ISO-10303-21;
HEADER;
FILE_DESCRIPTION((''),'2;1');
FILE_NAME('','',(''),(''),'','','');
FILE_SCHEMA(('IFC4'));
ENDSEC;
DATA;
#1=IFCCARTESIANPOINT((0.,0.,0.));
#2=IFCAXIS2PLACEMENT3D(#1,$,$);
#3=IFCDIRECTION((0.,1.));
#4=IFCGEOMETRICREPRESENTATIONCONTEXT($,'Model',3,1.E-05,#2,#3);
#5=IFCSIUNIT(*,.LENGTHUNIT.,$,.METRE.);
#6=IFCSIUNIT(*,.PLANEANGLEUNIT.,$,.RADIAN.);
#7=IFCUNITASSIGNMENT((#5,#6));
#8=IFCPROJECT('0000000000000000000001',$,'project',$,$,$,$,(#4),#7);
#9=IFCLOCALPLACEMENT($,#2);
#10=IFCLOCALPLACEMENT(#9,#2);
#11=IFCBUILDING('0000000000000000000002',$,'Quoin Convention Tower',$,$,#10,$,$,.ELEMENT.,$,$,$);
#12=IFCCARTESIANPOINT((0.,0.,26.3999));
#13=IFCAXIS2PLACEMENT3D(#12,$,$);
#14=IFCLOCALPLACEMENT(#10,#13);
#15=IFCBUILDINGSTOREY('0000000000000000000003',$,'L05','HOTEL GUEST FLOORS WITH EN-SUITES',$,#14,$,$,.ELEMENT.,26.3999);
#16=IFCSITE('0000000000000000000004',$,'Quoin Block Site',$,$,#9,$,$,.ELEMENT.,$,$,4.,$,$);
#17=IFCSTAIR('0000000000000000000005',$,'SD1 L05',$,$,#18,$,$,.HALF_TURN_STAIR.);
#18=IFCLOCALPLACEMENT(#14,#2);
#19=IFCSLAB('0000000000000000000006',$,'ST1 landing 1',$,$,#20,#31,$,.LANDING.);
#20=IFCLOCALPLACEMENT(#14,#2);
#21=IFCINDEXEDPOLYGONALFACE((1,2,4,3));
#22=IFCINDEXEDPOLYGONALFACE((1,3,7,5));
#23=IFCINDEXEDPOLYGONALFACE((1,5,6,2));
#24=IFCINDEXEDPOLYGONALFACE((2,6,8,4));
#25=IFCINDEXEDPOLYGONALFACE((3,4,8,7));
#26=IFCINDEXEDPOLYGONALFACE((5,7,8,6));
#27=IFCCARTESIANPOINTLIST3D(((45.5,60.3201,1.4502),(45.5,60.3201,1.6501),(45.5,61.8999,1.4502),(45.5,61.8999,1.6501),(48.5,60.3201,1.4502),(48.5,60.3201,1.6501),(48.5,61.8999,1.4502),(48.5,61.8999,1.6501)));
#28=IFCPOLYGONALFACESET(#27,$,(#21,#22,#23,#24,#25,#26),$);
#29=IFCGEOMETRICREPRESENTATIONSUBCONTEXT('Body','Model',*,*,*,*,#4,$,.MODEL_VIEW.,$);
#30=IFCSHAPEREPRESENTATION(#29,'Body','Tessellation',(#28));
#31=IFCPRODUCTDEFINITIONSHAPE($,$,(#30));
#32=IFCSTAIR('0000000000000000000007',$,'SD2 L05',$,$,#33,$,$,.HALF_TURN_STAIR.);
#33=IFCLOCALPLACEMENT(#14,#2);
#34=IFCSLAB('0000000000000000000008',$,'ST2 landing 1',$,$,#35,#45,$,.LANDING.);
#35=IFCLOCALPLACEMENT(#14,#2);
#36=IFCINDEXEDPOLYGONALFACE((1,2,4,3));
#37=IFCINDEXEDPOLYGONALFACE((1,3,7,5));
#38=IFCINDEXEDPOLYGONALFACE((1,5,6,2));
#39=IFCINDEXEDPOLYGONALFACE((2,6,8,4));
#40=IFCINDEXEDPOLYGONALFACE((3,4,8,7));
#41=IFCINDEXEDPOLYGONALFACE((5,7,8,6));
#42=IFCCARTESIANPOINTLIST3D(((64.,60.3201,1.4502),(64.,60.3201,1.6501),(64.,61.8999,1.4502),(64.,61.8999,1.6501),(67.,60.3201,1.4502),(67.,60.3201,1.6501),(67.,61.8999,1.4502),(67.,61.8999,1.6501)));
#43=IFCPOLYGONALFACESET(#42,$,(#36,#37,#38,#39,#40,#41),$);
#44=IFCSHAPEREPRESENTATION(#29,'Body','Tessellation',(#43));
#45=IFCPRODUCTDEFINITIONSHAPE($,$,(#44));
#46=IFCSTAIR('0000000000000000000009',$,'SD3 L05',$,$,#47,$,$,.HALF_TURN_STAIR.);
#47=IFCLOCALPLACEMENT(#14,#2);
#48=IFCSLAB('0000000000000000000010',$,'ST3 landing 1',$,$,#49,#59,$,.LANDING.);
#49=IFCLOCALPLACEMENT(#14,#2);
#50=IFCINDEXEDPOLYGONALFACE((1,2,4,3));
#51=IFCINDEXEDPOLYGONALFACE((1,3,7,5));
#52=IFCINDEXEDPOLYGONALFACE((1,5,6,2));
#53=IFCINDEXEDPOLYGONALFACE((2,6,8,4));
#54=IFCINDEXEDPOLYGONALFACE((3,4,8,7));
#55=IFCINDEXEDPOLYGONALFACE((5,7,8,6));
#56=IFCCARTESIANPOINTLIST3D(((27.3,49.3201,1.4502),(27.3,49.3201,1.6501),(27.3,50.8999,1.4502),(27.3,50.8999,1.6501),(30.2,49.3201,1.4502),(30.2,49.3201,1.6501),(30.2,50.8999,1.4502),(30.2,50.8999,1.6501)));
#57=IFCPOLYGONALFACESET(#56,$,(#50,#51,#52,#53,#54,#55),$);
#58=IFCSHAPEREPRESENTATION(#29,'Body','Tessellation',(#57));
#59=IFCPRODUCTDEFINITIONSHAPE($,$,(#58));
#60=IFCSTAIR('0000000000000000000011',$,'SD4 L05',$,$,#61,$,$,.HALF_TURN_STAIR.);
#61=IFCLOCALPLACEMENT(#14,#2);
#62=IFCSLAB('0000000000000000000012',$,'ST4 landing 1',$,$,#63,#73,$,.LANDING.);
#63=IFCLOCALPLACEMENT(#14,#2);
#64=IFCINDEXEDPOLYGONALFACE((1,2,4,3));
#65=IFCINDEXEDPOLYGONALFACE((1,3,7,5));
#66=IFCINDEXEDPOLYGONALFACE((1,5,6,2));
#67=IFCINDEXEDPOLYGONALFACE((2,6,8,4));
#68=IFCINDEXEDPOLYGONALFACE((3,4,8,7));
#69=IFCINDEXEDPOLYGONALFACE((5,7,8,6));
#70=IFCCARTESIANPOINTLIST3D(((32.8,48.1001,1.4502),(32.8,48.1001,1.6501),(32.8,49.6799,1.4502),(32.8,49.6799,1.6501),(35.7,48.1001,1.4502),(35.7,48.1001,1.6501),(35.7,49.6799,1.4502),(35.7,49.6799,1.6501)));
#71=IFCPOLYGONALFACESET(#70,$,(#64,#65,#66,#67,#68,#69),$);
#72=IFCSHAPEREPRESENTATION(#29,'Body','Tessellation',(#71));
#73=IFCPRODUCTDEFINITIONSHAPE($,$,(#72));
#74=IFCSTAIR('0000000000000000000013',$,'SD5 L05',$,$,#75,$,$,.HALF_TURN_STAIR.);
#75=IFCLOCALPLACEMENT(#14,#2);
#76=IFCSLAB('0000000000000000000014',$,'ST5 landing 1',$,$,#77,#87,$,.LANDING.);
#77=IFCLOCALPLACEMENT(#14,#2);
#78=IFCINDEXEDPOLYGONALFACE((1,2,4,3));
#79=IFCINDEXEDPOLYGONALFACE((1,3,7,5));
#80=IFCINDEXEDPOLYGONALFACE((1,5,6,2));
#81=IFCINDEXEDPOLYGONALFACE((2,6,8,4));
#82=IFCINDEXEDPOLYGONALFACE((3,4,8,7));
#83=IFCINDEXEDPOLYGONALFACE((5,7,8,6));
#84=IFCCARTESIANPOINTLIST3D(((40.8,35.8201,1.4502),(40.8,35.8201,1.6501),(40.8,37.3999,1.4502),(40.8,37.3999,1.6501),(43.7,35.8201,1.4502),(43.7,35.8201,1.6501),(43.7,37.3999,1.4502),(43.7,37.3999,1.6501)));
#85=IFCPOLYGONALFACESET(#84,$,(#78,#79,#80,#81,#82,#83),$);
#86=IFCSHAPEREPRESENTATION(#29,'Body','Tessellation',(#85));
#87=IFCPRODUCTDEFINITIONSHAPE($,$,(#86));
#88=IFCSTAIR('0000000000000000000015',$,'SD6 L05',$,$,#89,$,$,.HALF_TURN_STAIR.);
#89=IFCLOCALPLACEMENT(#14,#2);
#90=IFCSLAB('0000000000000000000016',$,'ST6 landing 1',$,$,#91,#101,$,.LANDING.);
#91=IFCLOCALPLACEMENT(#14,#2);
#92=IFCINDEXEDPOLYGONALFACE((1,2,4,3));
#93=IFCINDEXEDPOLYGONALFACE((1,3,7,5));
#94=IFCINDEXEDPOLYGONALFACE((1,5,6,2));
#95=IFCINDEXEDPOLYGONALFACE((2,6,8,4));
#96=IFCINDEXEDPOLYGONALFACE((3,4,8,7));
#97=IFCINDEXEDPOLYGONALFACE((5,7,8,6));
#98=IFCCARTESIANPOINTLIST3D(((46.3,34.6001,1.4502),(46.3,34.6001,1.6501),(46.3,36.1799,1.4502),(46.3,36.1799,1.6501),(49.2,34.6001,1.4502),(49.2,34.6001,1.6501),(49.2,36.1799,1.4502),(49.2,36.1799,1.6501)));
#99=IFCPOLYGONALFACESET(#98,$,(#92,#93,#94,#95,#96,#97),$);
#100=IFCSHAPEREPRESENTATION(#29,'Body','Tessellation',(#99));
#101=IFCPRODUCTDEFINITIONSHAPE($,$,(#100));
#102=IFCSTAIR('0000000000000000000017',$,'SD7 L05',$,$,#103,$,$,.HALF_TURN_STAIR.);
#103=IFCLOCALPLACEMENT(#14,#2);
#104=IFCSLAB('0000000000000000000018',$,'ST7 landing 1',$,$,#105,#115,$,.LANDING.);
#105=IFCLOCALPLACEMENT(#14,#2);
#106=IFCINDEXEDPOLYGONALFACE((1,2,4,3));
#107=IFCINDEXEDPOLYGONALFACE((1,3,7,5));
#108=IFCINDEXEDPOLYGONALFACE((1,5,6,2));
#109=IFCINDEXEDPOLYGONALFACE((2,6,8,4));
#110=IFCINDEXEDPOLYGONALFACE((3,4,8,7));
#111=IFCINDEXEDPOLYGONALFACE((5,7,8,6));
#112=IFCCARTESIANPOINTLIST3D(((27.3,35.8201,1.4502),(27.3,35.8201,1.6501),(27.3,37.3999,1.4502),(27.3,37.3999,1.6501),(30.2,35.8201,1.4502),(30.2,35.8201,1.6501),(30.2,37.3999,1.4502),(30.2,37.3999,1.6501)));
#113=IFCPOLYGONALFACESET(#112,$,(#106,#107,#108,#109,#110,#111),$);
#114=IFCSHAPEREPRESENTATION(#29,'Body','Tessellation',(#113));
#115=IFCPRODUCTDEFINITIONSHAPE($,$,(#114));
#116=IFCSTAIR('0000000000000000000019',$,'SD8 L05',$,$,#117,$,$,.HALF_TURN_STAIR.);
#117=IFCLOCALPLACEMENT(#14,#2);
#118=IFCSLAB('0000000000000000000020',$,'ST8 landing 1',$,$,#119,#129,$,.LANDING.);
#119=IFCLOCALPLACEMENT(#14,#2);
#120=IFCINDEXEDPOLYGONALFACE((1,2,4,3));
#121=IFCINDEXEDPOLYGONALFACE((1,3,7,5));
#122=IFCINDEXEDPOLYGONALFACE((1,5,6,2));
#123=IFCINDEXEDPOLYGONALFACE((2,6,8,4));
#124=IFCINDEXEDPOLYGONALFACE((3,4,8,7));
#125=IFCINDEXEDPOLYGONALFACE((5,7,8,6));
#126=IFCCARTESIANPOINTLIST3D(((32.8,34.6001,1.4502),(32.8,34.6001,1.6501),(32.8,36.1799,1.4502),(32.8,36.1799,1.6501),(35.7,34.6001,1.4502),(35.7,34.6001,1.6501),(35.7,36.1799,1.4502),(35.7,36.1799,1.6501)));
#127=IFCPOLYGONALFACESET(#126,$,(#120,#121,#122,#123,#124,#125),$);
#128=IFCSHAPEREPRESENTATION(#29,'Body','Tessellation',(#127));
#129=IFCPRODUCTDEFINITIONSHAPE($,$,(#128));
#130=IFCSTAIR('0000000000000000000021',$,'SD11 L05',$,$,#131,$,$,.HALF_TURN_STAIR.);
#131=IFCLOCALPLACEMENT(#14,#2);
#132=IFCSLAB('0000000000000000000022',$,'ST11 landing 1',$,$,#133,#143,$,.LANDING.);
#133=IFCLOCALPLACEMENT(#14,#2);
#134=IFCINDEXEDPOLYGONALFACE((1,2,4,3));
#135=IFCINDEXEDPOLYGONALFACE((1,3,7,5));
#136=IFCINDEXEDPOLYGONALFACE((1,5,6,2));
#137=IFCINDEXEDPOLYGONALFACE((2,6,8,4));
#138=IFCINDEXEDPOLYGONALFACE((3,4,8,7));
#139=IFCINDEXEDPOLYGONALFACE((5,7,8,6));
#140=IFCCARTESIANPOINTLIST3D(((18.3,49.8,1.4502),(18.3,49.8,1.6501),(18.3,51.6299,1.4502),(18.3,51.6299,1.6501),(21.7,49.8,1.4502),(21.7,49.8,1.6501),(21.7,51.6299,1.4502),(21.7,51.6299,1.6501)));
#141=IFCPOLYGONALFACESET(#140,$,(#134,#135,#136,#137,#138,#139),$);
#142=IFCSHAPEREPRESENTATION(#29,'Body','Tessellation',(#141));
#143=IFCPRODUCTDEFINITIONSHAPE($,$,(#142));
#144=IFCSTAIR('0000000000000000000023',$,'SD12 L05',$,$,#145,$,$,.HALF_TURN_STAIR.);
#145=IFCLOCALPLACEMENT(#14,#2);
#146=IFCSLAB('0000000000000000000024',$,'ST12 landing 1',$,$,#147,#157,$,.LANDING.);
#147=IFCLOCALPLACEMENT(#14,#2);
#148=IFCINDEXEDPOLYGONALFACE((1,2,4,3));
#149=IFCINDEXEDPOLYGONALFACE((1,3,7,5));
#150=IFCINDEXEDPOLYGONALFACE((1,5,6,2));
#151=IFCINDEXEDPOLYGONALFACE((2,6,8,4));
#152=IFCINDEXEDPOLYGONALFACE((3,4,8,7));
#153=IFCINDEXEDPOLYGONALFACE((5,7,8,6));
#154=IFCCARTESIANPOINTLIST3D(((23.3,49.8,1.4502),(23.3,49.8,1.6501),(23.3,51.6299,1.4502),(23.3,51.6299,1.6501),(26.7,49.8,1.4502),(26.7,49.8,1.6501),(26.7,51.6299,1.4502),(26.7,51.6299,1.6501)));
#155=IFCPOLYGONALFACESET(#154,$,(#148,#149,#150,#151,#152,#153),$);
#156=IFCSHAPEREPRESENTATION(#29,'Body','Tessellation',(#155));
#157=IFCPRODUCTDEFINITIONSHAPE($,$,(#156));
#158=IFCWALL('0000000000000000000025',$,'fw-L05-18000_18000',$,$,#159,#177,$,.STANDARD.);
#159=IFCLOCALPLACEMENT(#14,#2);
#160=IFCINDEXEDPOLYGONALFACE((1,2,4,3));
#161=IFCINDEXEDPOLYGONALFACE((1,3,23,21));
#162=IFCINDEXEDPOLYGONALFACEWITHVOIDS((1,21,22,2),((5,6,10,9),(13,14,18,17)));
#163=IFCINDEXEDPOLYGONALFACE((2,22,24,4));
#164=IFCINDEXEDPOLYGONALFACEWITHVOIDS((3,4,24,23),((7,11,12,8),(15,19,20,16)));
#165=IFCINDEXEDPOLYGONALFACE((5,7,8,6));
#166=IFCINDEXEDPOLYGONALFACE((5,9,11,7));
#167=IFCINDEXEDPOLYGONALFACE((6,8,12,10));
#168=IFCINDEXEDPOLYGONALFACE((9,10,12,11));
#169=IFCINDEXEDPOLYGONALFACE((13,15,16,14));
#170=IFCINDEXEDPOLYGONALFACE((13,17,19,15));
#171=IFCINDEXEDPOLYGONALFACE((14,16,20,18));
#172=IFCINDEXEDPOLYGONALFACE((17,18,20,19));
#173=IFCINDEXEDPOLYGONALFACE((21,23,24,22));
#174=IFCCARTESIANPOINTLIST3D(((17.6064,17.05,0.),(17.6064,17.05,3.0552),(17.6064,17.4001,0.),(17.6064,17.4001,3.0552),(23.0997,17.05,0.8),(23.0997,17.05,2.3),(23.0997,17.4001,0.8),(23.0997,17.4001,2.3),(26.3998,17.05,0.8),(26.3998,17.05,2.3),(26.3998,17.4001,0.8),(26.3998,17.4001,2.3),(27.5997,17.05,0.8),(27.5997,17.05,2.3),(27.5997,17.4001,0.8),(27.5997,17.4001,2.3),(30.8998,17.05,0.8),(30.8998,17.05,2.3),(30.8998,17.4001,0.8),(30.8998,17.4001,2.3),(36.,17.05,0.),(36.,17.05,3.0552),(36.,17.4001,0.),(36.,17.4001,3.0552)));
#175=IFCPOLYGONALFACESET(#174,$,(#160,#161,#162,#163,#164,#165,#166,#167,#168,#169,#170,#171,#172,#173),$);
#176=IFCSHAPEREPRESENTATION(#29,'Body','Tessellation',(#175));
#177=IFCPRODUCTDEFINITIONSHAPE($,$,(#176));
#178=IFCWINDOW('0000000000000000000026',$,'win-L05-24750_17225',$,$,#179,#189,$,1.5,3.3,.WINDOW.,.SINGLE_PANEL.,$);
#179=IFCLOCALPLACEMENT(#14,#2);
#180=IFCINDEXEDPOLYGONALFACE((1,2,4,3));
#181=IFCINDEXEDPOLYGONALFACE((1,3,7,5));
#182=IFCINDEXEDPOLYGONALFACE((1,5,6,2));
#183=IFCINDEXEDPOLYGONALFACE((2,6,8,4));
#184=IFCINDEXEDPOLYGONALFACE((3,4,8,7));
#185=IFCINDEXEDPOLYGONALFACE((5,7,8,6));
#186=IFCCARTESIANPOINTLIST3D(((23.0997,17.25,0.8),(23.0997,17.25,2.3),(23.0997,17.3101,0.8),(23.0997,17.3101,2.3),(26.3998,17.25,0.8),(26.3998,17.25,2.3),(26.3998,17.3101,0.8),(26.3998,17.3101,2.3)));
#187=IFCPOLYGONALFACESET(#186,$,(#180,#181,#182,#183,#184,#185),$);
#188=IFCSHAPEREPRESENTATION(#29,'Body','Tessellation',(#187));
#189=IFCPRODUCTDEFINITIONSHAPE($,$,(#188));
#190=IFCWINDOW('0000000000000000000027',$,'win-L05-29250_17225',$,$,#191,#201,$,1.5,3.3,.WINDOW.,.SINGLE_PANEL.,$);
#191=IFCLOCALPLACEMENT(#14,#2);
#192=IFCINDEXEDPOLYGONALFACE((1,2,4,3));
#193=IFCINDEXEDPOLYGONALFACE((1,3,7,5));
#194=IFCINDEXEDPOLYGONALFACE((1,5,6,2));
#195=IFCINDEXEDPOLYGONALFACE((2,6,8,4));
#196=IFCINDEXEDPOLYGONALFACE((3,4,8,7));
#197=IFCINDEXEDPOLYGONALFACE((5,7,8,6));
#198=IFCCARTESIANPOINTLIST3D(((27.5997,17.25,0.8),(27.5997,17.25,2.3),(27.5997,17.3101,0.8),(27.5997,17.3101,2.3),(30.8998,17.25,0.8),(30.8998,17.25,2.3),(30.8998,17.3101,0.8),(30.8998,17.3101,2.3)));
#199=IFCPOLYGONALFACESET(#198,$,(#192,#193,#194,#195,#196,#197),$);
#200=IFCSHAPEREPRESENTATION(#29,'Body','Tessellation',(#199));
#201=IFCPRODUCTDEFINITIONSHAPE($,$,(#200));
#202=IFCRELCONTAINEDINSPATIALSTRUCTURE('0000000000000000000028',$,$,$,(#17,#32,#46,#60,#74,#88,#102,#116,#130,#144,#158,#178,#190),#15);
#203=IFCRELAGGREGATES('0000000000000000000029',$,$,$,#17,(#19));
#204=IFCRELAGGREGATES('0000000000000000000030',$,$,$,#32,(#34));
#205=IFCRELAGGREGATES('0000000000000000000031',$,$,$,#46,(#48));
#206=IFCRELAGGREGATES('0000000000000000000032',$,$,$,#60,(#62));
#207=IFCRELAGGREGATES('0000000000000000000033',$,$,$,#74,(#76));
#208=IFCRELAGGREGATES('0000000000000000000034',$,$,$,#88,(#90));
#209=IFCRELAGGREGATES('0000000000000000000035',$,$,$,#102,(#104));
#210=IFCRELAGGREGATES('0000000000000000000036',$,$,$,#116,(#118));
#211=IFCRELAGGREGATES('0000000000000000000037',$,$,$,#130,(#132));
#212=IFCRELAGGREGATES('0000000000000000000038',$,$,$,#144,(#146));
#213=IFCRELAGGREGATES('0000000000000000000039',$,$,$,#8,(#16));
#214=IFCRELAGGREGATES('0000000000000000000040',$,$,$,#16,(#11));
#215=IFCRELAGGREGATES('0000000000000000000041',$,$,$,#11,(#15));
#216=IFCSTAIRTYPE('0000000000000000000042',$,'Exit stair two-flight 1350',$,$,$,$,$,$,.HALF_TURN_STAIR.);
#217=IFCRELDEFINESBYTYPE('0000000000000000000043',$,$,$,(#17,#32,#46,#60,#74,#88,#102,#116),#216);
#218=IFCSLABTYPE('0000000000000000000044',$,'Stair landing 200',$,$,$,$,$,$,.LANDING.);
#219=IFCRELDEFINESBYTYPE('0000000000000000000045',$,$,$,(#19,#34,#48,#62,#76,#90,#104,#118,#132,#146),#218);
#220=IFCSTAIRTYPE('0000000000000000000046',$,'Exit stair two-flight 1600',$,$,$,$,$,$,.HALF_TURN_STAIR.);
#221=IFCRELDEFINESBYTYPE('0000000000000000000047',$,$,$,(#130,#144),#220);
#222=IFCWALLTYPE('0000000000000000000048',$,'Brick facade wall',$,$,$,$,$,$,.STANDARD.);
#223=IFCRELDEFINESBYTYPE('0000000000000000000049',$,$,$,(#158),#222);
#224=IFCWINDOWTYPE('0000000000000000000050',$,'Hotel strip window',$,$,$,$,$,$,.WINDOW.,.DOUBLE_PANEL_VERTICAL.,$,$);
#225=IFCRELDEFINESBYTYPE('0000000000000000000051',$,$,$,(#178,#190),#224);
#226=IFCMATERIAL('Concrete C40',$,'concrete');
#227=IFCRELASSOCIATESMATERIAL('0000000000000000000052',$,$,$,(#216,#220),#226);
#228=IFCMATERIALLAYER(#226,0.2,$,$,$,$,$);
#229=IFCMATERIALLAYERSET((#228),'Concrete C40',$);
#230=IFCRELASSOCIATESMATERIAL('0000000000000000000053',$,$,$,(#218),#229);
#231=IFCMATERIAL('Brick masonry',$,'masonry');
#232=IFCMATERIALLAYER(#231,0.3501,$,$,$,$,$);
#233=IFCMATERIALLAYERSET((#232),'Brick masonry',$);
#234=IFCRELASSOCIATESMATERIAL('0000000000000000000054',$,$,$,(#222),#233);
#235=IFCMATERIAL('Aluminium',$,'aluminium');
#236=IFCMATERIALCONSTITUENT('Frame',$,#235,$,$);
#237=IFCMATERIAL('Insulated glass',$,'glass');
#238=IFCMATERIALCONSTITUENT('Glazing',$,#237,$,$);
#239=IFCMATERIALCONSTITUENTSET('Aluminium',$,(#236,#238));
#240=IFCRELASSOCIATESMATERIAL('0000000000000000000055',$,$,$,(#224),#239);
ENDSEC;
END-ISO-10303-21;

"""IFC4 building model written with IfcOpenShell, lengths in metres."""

from ifc_helpers import new_model, si_unit, direction, frame, frame_2d, origin, place, context, subcontext, project, spatial, polyline, rectangle, outline, extrude, material, layer, layer_set, constituent, constituent_set, type_object, element, fill, aggregate, save


model = new_model("IFC4")

# Units and contexts
model_context = context("Model", 3, precision=1e-05, world=origin(), true_north=direction((0.0, 1.0)))
body_context = subcontext(model_context, "Body", "Model", "MODEL_VIEW")
ifc_project = project(units=[si_unit("LENGTHUNIT", "METRE"), si_unit("PLANEANGLEUNIT", "RADIAN")], contexts=[model_context])

# Site, building, storey
site_placement = place(None, origin())
site = spatial("IfcSite", under=ifc_project, at=site_placement, Name="Quoin Block Site", CompositionType="ELEMENT", RefElevation=4.0)
building_placement = place(site_placement, origin())
building = spatial("IfcBuilding", under=site, at=building_placement, Name="Quoin Convention Tower", CompositionType="ELEMENT")
storey_placement = place(building_placement, frame((0.0, 0.0, 26.3999)))
storey = spatial("IfcBuildingStorey", under=building, at=storey_placement, Name="L05", Description="HOTEL GUEST FLOORS WITH EN-SUITES", CompositionType="ELEMENT", Elevation=26.3999)

# Stairs, slabs
ifc_material_1 = material(Name="Concrete C40", Category="concrete")
stair_type_1 = type_object("IfcStairType", Name="Exit stair two-flight 1350", PredefinedType="HALF_TURN_STAIR", material=ifc_material_1)
stair_1_placement = place(storey_placement, origin())
stair_1 = element("IfcStair", 1, at=stair_1_placement, inside=storey, type_object=stair_type_1, Name="SD1 L05", PredefinedType="HALF_TURN_STAIR")
ifc_layer_1 = layer(ifc_material_1, 0.2)
ifc_layer_set_1 = layer_set([ifc_layer_1], Name="Concrete C40")
slab_type_1 = type_object("IfcSlabType", Name="Stair landing 200", PredefinedType="LANDING", material=ifc_layer_set_1)
slab_1_placement = place(storey_placement, frame((0.0, 0.0, 1.4502)))
slab_1 = element("IfcSlab", 2, at=slab_1_placement, type_object=slab_type_1, Name="ST1 landing 1", PredefinedType="LANDING", context=body_context, shape_type="SweptSolid", body=[
    extrude(outline(polyline([(45.5, 60.3201), (48.5, 60.3201), (48.5, 61.8999), (45.5, 61.8999), (45.5, 60.3201)])), origin(), (0.0, 0.0, 1.0), 0.2),
])
aggregate(stair_1, [slab_1])
stair_2_placement = place(storey_placement, origin())
stair_2 = element("IfcStair", 3, at=stair_2_placement, inside=storey, type_object=stair_type_1, Name="SD2 L05", PredefinedType="HALF_TURN_STAIR")
slab_2_placement = place(storey_placement, frame((0.0, 0.0, 1.4502)))
slab_2 = element("IfcSlab", 4, at=slab_2_placement, type_object=slab_type_1, Name="ST2 landing 1", PredefinedType="LANDING", context=body_context, shape_type="SweptSolid", body=[
    extrude(outline(polyline([(64.0, 60.3201), (67.0, 60.3201), (67.0, 61.8999), (64.0, 61.8999), (64.0, 60.3201)])), origin(), (0.0, 0.0, 1.0), 0.2),
])
aggregate(stair_2, [slab_2])
stair_3_placement = place(storey_placement, origin())
stair_3 = element("IfcStair", 5, at=stair_3_placement, inside=storey, type_object=stair_type_1, Name="SD3 L05", PredefinedType="HALF_TURN_STAIR")
slab_3_placement = place(storey_placement, frame((0.0, 0.0, 1.4502)))
slab_3 = element("IfcSlab", 6, at=slab_3_placement, type_object=slab_type_1, Name="ST3 landing 1", PredefinedType="LANDING", context=body_context, shape_type="SweptSolid", body=[
    extrude(outline(polyline([(27.3, 49.3201), (30.2, 49.3201), (30.2, 50.8999), (27.3, 50.8999), (27.3, 49.3201)])), origin(), (0.0, 0.0, 1.0), 0.2),
])
aggregate(stair_3, [slab_3])
stair_4_placement = place(storey_placement, origin())
stair_4 = element("IfcStair", 7, at=stair_4_placement, inside=storey, type_object=stair_type_1, Name="SD4 L05", PredefinedType="HALF_TURN_STAIR")
slab_4_placement = place(storey_placement, frame((0.0, 0.0, 1.4502)))
slab_4 = element("IfcSlab", 8, at=slab_4_placement, type_object=slab_type_1, Name="ST4 landing 1", PredefinedType="LANDING", context=body_context, shape_type="SweptSolid", body=[
    extrude(outline(polyline([(35.7, 49.6799), (32.8, 49.6799), (32.8, 48.1001), (35.7, 48.1001), (35.7, 49.6799)])), origin(), (0.0, 0.0, 1.0), 0.2),
])
aggregate(stair_4, [slab_4])
stair_5_placement = place(storey_placement, origin())
stair_5 = element("IfcStair", 9, at=stair_5_placement, inside=storey, type_object=stair_type_1, Name="SD5 L05", PredefinedType="HALF_TURN_STAIR")
slab_5_placement = place(storey_placement, frame((0.0, 0.0, 1.4502)))
slab_5 = element("IfcSlab", 10, at=slab_5_placement, type_object=slab_type_1, Name="ST5 landing 1", PredefinedType="LANDING", context=body_context, shape_type="SweptSolid", body=[
    extrude(outline(polyline([(40.8, 35.8201), (43.7, 35.8201), (43.7, 37.3999), (40.8, 37.3999), (40.8, 35.8201)])), origin(), (0.0, 0.0, 1.0), 0.2),
])
aggregate(stair_5, [slab_5])
stair_6_placement = place(storey_placement, origin())
stair_6 = element("IfcStair", 11, at=stair_6_placement, inside=storey, type_object=stair_type_1, Name="SD6 L05", PredefinedType="HALF_TURN_STAIR")
slab_6_placement = place(storey_placement, frame((0.0, 0.0, 1.4502)))
slab_6 = element("IfcSlab", 12, at=slab_6_placement, type_object=slab_type_1, Name="ST6 landing 1", PredefinedType="LANDING", context=body_context, shape_type="SweptSolid", body=[
    extrude(outline(polyline([(49.2, 36.1799), (46.3, 36.1799), (46.3, 34.6001), (49.2, 34.6001), (49.2, 36.1799)])), origin(), (0.0, 0.0, 1.0), 0.2),
])
aggregate(stair_6, [slab_6])
stair_7_placement = place(storey_placement, origin())
stair_7 = element("IfcStair", 13, at=stair_7_placement, inside=storey, type_object=stair_type_1, Name="SD7 L05", PredefinedType="HALF_TURN_STAIR")
slab_7_placement = place(storey_placement, frame((0.0, 0.0, 1.4502)))
slab_7 = element("IfcSlab", 14, at=slab_7_placement, type_object=slab_type_1, Name="ST7 landing 1", PredefinedType="LANDING", context=body_context, shape_type="SweptSolid", body=[
    extrude(outline(polyline([(27.3, 35.8201), (30.2, 35.8201), (30.2, 37.3999), (27.3, 37.3999), (27.3, 35.8201)])), origin(), (0.0, 0.0, 1.0), 0.2),
])
aggregate(stair_7, [slab_7])
stair_8_placement = place(storey_placement, origin())
stair_8 = element("IfcStair", 15, at=stair_8_placement, inside=storey, type_object=stair_type_1, Name="SD8 L05", PredefinedType="HALF_TURN_STAIR")
slab_8_placement = place(storey_placement, frame((0.0, 0.0, 1.4502)))
slab_8 = element("IfcSlab", 16, at=slab_8_placement, type_object=slab_type_1, Name="ST8 landing 1", PredefinedType="LANDING", context=body_context, shape_type="SweptSolid", body=[
    extrude(outline(polyline([(35.7, 36.1799), (32.8, 36.1799), (32.8, 34.6001), (35.7, 34.6001), (35.7, 36.1799)])), origin(), (0.0, 0.0, 1.0), 0.2),
])
aggregate(stair_8, [slab_8])
stair_type_2 = type_object("IfcStairType", Name="Exit stair two-flight 1600", PredefinedType="HALF_TURN_STAIR", material=ifc_material_1)
stair_9_placement = place(storey_placement, origin())
stair_9 = element("IfcStair", 17, at=stair_9_placement, inside=storey, type_object=stair_type_2, Name="SD11 L05", PredefinedType="HALF_TURN_STAIR")
slab_9_placement = place(storey_placement, frame((0.0, 0.0, 1.4502)))
slab_9 = element("IfcSlab", 18, at=slab_9_placement, type_object=slab_type_1, Name="ST11 landing 1", PredefinedType="LANDING", context=body_context, shape_type="SweptSolid", body=[
    extrude(outline(polyline([(21.7, 51.6299), (18.3, 51.6299), (18.3, 49.8), (21.7, 49.8), (21.7, 51.6299)])), origin(), (0.0, 0.0, 1.0), 0.2),
])
aggregate(stair_9, [slab_9])
stair_10_placement = place(storey_placement, origin())
stair_10 = element("IfcStair", 19, at=stair_10_placement, inside=storey, type_object=stair_type_2, Name="SD12 L05", PredefinedType="HALF_TURN_STAIR")
slab_10_placement = place(storey_placement, frame((0.0, 0.0, 1.4502)))
slab_10 = element("IfcSlab", 20, at=slab_10_placement, type_object=slab_type_1, Name="ST12 landing 1", PredefinedType="LANDING", context=body_context, shape_type="SweptSolid", body=[
    extrude(outline(polyline([(26.7, 51.6299), (23.3, 51.6299), (23.3, 49.8), (26.7, 49.8), (26.7, 51.6299)])), origin(), (0.0, 0.0, 1.0), 0.2),
])
aggregate(stair_10, [slab_10])

# Wall, openings, windows
ifc_material_2 = material(Name="Brick masonry", Category="masonry")
ifc_layer_2 = layer(ifc_material_2, 0.3501)
ifc_layer_set_2 = layer_set([ifc_layer_2], Name="Brick masonry")
wall_type = type_object("IfcWallType", Name="Brick facade wall", PredefinedType="STANDARD", material=ifc_layer_set_2)
wall_placement = place(storey_placement, frame((17.6064, 17.2251, 0.0), z_axis=(0.0, 0.0, 1.0), x_axis=(1.0, 0.0, 0.0)))
wall = element("IfcWall", 21, at=wall_placement, inside=storey, type_object=wall_type, Name="fw-L05-18000_18000", PredefinedType="STANDARD", context=body_context, shape_type="SweptSolid", body=[
    extrude(rectangle(XDim=18.3936, YDim=0.3501, at=frame_2d((9.1968, 0.0))), origin(), (0.0, 0.0, 1.0), 3.0552),
])
opening_1_placement = place(wall_placement, frame((5.4934, 0.0, 0.8)))
opening_1 = element("IfcOpeningElement", 22, at=opening_1_placement, cuts=wall, PredefinedType="OPENING", context=body_context, shape_type="SweptSolid", body=[
    extrude(rectangle(XDim=3.3, YDim=1.5, at=frame_2d((1.6499, 0.75))), frame((0.0, 0.1851, 0.0), z_axis=(0.0, -1.0, 0.0), x_axis=(1.0, 0.0, 0.0)), (0.0, 0.0, 1.0), 0.3701),
])
opening_2_placement = place(wall_placement, frame((9.9934, 0.0, 0.8)))
opening_2 = element("IfcOpeningElement", 23, at=opening_2_placement, cuts=wall, PredefinedType="OPENING", context=body_context, shape_type="SweptSolid", body=[
    extrude(rectangle(XDim=3.3, YDim=1.5, at=frame_2d((1.6499, 0.75))), frame((0.0, 0.1851, 0.0), z_axis=(0.0, -1.0, 0.0), x_axis=(1.0, 0.0, 0.0)), (0.0, 0.0, 1.0), 0.3701),
])
ifc_material_3 = material(Name="Aluminium", Category="aluminium")
ifc_constituent_1 = constituent(ifc_material_3, Name="Frame")
ifc_material_4 = material(Name="Insulated glass", Category="glass")
ifc_constituent_2 = constituent(ifc_material_4, Name="Glazing")
ifc_constituent_set = constituent_set(constituents=[ifc_constituent_1, ifc_constituent_2], Name="Aluminium")
window_type = type_object("IfcWindowType", Name="Hotel strip window", PartitioningType="DOUBLE_PANEL_VERTICAL", PredefinedType="WINDOW", material=ifc_constituent_set)
window_1_placement = place(opening_1_placement, origin())
window_1 = element("IfcWindow", 24, at=window_1_placement, inside=storey, type_object=window_type, Name="win-L05-24750_17225", OverallHeight=1.5, OverallWidth=3.3, PartitioningType="SINGLE_PANEL", PredefinedType="WINDOW", context=body_context, shape_type="SweptSolid", body=[
    extrude(rectangle(XDim=3.3, YDim=1.5, at=frame_2d((1.6499, 0.75))), frame((0.0, 0.085, 0.0), z_axis=(0.0, -1.0, 0.0), x_axis=(1.0, 0.0, 0.0)), (0.0, 0.0, 1.0), 0.0601),
])
fill(opening_1, window_1)
window_2_placement = place(opening_2_placement, origin())
window_2 = element("IfcWindow", 25, at=window_2_placement, inside=storey, type_object=window_type, Name="win-L05-29250_17225", OverallHeight=1.5, OverallWidth=3.3, PartitioningType="SINGLE_PANEL", PredefinedType="WINDOW", context=body_context, shape_type="SweptSolid", body=[
    extrude(rectangle(XDim=3.3, YDim=1.5, at=frame_2d((1.6499, 0.75))), frame((0.0, 0.085, 0.0), z_axis=(0.0, -1.0, 0.0), x_axis=(1.0, 0.0, 0.0)), (0.0, 0.0, 1.0), 0.0601),
])
fill(opening_2, window_2)

save(model, "model.ifc")
